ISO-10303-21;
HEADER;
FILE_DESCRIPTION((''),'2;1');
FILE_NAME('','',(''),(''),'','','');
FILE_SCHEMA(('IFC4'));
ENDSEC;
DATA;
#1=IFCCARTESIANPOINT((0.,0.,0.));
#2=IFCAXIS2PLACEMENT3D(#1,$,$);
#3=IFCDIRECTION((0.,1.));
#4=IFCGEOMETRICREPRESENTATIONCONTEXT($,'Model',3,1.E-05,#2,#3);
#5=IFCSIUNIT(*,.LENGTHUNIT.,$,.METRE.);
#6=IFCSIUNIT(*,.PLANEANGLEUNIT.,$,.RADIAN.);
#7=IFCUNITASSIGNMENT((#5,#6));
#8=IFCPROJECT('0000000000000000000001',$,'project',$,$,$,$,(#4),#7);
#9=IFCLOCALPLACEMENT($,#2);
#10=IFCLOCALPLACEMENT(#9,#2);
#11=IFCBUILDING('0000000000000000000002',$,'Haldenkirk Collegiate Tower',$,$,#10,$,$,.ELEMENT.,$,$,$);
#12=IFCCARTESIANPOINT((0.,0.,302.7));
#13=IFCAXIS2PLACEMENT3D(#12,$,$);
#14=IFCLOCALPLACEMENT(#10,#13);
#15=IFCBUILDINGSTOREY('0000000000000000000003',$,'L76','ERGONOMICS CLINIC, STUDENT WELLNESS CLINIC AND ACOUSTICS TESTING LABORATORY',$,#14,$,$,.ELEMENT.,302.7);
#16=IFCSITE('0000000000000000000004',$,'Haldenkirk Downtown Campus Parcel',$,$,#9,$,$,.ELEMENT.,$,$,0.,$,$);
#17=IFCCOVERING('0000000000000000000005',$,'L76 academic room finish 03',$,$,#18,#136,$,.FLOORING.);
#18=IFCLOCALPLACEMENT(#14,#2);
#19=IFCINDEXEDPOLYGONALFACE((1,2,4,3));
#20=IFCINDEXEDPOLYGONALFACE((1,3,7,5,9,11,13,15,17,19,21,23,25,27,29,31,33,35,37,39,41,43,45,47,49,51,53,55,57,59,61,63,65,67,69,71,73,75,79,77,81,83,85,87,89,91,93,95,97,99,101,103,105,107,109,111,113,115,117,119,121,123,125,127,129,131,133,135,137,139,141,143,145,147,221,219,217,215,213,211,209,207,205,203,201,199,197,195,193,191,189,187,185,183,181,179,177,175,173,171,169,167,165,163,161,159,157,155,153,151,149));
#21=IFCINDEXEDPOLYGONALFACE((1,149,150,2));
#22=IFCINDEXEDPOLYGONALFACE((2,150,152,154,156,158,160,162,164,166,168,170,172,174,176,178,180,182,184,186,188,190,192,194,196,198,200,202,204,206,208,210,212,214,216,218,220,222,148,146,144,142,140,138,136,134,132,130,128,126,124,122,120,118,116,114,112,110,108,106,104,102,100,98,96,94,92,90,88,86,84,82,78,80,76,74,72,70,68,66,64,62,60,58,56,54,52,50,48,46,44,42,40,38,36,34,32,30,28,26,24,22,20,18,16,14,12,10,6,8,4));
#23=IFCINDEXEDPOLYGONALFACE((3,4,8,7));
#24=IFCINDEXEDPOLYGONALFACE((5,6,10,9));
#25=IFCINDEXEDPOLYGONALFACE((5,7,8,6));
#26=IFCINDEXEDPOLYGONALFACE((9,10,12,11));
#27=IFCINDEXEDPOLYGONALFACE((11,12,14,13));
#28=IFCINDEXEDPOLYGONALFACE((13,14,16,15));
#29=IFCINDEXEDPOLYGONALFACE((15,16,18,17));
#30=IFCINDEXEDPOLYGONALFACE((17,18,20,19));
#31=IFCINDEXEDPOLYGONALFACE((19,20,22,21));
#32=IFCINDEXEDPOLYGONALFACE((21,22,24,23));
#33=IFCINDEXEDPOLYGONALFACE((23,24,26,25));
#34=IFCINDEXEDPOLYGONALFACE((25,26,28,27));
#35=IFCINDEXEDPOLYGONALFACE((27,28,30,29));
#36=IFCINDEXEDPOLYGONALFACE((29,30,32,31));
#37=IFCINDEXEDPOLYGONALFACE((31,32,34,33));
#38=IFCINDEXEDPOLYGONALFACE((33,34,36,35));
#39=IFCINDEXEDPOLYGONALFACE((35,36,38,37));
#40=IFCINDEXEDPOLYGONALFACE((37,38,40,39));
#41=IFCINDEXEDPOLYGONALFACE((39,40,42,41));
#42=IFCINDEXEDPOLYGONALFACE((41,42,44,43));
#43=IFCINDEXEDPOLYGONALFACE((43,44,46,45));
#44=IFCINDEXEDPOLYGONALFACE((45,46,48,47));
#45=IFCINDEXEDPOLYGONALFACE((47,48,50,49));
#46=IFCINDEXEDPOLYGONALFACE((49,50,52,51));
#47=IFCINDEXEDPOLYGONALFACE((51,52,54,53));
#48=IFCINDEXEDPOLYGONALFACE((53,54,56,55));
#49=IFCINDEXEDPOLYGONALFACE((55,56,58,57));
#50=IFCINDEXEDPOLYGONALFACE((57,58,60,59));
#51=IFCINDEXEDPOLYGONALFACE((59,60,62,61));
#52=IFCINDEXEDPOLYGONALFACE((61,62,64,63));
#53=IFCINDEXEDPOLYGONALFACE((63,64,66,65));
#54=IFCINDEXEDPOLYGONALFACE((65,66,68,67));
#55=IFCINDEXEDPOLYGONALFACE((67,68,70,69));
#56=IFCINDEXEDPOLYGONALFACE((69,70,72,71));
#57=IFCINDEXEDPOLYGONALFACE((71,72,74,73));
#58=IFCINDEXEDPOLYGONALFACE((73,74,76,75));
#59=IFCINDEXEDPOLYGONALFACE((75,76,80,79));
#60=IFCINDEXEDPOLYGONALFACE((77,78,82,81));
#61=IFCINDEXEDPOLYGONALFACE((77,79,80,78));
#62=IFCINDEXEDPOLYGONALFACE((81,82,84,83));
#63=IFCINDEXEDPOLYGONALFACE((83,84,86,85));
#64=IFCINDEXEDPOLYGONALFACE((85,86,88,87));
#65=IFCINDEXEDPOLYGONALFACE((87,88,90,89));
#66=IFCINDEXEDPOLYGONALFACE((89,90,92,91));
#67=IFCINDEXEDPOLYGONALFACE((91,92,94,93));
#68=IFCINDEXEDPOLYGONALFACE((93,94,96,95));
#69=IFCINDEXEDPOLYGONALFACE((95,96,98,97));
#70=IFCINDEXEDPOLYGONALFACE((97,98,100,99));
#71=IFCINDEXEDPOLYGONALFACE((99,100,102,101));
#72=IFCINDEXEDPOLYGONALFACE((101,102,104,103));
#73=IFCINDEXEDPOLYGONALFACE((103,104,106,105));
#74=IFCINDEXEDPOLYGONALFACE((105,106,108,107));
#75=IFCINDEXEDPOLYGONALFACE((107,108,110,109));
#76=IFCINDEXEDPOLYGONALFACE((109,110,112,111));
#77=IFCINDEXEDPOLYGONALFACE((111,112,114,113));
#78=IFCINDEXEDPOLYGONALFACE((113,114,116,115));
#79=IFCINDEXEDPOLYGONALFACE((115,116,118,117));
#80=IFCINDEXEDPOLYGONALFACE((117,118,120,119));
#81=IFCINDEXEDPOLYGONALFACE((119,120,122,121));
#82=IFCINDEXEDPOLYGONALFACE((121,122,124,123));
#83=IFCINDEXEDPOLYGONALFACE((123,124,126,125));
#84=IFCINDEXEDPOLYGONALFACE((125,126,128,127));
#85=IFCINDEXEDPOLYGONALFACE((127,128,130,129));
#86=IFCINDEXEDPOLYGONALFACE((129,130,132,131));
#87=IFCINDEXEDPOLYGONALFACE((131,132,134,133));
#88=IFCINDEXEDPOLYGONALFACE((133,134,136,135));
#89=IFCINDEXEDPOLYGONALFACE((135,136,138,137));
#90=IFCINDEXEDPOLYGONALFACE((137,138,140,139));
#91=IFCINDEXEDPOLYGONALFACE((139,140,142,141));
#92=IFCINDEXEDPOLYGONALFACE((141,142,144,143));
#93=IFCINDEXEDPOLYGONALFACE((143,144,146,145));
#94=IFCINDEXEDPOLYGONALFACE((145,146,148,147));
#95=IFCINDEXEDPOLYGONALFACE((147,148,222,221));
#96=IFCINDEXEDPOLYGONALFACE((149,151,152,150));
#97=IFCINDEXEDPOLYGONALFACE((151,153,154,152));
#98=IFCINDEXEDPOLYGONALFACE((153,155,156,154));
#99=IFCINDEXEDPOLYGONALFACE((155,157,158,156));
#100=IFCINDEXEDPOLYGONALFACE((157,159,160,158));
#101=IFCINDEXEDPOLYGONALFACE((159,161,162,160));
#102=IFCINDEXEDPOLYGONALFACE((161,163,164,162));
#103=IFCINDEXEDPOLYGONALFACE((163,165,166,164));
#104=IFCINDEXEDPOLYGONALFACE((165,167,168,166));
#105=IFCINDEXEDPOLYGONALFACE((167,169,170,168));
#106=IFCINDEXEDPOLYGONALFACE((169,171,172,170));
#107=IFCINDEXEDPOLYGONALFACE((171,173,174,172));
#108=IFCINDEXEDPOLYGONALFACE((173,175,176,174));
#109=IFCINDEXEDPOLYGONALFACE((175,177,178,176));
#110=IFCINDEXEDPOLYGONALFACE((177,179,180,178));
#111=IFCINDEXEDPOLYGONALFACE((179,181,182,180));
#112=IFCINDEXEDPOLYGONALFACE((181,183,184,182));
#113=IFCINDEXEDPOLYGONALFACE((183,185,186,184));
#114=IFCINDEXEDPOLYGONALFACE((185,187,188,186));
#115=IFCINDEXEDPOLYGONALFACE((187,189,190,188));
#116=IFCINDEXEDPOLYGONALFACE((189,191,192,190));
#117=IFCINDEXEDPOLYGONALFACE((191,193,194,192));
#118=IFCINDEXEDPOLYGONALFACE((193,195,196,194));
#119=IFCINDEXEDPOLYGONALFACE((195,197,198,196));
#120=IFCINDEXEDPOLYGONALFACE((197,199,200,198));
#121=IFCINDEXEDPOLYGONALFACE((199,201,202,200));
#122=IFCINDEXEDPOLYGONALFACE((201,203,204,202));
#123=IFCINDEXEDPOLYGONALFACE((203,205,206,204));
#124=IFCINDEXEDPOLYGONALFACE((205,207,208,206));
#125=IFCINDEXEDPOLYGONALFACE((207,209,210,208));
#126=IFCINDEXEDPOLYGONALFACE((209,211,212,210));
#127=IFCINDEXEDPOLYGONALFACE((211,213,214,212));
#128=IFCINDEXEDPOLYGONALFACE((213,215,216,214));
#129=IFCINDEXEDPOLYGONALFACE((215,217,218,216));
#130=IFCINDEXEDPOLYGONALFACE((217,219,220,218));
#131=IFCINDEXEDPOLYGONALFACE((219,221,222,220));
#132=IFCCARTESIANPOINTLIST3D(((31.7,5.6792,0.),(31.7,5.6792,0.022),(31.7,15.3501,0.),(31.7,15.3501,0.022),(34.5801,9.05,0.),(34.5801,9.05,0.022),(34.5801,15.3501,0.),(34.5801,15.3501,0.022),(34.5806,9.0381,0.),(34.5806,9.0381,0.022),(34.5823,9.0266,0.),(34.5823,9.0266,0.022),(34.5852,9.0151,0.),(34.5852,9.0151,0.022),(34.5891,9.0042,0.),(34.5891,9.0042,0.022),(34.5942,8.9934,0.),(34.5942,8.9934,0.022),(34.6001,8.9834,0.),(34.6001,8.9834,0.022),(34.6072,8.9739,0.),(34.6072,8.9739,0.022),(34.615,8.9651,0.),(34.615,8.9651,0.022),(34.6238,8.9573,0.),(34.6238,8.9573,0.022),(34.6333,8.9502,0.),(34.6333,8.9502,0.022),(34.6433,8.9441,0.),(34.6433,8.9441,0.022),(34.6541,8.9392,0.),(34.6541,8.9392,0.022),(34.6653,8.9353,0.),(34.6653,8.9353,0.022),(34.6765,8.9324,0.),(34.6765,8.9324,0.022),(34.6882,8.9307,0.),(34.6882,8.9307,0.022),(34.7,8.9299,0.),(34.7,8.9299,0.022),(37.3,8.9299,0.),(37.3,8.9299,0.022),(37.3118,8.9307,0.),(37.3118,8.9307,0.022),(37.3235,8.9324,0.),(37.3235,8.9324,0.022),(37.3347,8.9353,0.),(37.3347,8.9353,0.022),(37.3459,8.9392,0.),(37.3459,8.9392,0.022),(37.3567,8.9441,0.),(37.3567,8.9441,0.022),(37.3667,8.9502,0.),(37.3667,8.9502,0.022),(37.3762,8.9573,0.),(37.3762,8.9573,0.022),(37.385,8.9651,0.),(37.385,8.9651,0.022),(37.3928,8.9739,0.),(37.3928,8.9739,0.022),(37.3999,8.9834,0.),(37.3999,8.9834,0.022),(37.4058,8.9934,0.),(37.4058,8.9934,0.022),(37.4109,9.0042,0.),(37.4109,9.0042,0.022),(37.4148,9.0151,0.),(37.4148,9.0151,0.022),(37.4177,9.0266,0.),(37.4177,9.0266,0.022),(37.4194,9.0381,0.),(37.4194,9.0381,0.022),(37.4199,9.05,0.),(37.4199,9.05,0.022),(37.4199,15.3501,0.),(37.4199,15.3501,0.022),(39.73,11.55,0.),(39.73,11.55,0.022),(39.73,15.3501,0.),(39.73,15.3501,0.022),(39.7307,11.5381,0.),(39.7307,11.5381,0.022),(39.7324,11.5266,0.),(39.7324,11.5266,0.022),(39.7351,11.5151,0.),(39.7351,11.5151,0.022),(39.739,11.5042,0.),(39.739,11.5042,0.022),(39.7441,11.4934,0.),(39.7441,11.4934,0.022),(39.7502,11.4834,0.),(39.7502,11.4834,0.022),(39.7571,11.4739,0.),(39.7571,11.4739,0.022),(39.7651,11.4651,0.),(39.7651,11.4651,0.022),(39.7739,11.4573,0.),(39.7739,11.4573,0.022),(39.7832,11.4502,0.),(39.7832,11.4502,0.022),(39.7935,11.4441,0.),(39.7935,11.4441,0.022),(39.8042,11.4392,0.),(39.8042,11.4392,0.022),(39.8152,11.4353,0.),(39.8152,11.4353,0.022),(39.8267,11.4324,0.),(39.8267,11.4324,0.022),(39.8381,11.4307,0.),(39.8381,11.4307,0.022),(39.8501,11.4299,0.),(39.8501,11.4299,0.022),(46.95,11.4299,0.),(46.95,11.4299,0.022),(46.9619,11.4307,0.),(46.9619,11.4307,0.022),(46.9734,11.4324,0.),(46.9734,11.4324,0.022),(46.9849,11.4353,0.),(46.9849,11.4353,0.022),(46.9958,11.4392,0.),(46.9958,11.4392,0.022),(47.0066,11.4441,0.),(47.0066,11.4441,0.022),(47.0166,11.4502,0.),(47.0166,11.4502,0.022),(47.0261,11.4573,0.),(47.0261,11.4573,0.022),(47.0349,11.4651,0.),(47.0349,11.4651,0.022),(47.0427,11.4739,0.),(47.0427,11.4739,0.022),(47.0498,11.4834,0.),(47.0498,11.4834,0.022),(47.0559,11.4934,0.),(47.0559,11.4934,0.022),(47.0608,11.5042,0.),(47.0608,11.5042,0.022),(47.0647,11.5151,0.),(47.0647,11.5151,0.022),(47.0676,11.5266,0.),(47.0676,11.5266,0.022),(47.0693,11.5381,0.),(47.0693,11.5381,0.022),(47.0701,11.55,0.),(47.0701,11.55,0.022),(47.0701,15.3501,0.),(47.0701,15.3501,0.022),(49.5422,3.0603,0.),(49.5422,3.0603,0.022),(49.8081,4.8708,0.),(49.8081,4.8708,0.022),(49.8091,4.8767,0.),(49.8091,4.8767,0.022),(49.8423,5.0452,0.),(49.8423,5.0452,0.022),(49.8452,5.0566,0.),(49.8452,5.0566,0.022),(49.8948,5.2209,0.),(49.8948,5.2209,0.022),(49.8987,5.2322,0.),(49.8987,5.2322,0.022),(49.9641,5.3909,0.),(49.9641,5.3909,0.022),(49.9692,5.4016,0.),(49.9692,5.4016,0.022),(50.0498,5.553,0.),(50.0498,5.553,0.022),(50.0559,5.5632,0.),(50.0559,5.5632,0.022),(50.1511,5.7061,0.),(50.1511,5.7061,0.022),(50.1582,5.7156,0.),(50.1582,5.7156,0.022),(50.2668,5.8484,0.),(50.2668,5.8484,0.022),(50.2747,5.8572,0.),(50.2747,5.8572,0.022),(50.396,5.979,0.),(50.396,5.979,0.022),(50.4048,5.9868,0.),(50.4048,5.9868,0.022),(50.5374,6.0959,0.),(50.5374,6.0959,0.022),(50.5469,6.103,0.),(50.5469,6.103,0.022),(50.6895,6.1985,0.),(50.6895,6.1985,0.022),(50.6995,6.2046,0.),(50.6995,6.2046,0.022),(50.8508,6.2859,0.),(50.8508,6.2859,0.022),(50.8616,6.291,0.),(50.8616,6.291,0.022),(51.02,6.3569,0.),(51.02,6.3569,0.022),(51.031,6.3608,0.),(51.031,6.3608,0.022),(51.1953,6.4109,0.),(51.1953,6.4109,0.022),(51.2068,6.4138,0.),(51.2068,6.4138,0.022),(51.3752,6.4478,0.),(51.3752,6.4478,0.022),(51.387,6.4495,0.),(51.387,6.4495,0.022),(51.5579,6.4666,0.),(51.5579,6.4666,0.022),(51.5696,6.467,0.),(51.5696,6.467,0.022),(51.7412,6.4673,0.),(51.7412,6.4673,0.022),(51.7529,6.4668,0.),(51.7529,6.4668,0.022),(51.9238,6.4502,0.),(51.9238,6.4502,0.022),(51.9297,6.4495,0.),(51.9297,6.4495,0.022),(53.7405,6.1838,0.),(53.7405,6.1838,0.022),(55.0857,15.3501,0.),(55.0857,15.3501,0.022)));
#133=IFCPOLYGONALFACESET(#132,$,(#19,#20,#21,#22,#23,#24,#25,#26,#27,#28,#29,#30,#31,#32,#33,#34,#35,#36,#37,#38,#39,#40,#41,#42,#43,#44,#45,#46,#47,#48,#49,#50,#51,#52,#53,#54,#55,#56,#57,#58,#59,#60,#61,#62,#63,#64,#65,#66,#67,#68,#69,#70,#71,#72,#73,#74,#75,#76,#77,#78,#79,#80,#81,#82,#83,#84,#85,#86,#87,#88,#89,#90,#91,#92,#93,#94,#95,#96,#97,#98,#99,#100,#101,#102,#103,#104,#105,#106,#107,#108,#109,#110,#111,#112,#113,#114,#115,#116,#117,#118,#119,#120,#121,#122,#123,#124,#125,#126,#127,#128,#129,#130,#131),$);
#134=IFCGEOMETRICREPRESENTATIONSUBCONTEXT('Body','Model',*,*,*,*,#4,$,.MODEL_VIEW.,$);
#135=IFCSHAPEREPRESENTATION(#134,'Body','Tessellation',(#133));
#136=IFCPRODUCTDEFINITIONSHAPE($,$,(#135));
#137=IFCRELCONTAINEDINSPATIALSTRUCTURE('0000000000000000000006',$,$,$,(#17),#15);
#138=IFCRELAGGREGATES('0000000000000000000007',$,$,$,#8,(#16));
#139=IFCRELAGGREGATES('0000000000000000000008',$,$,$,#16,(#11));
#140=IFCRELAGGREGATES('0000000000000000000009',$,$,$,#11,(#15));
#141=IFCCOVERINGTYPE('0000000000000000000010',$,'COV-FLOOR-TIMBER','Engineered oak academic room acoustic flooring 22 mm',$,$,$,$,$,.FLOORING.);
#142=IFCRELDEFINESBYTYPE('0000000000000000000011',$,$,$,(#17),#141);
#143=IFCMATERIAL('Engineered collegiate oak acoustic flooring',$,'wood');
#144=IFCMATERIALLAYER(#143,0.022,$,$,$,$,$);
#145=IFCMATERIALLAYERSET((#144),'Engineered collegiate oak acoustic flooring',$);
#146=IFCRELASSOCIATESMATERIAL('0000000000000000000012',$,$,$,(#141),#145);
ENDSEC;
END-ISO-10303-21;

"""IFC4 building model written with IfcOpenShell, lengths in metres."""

from ifc_helpers import new_model, si_unit, direction, frame, origin, place, context, subcontext, project, spatial, polyline, outline, extrude, material, layer, layer_set, type_object, element, save


model = new_model("IFC4")

# Units and contexts
model_context = context("Model", 3, precision=1e-05, world=origin(), true_north=direction((0.0, 1.0)))
body_context = subcontext(model_context, "Body", "Model", "MODEL_VIEW")
ifc_project = project(units=[si_unit("LENGTHUNIT", "METRE"), si_unit("PLANEANGLEUNIT", "RADIAN")], contexts=[model_context])

# Site, building, storey
site_placement = place(None, origin())
site = spatial("IfcSite", under=ifc_project, at=site_placement, Name="Haldenkirk Downtown Campus Parcel", CompositionType="ELEMENT", RefElevation=0.0)
building_placement = place(site_placement, origin())
building = spatial("IfcBuilding", under=site, at=building_placement, Name="Haldenkirk Collegiate Tower", CompositionType="ELEMENT")
storey_placement = place(building_placement, frame((0.0, 0.0, 302.7)))
storey = spatial("IfcBuildingStorey", under=building, at=storey_placement, Name="L76", Description="ERGONOMICS CLINIC, STUDENT WELLNESS CLINIC AND ACOUSTICS TESTING LABORATORY", CompositionType="ELEMENT", Elevation=302.7)

# Covering
ifc_material_1 = material(Name="Engineered collegiate oak acoustic flooring", Category="wood")
ifc_layer_1 = layer(ifc_material_1, 0.022)
ifc_layer_set_1 = layer_set([ifc_layer_1], Name="Engineered collegiate oak acoustic flooring")
covering_type_1 = type_object("IfcCoveringType", Name="COV-FLOOR-TIMBER", Description="Engineered oak academic room acoustic flooring 22 mm", PredefinedType="FLOORING", material=ifc_layer_set_1)
covering_1_placement = place(storey_placement, origin())
element("IfcCovering", 1, at=covering_1_placement, inside=storey, type_object=covering_type_1, Name="L76 academic room finish 03", PredefinedType="FLOORING", context=body_context, shape_type="SweptSolid", body=[
    extrude(outline(polyline([(51.2068, 6.4138), (51.1953, 6.4109), (51.031, 6.3608), (51.02, 6.3569), (50.8616, 6.291), (50.8508, 6.2859), (50.6995, 6.2046), (50.6895, 6.1985), (50.5469, 6.103), (50.5374, 6.0959), (50.4048, 5.9868), (50.396, 5.979), (50.2747, 5.8572), (50.2668, 5.8484), (50.1582, 5.7156), (50.1511, 5.7061), (50.0559, 5.5632), (50.0498, 5.553), (49.9692, 5.4016), (49.9641, 5.3909), (49.8987, 5.2322), (49.8948, 5.2209), (49.8452, 5.0566), (49.8423, 5.0452), (49.8091, 4.8767), (49.8081, 4.8708), (49.5422, 3.0603), (31.7, 5.6792), (31.7, 15.3501), (34.5801, 15.3501), (34.5801, 9.05), (34.5806, 9.0381), (34.5823, 9.0266), (34.5852, 9.0151), (34.5891, 9.0042), (34.5942, 8.9934), (34.6001, 8.9834), (34.6072, 8.9739), (34.615, 8.9651), (34.6238, 8.9573), (34.6333, 8.9502), (34.6433, 8.9441), (34.6541, 8.9392), (34.6653, 8.9353), (34.6765, 8.9324), (34.6882, 8.9307), (34.7, 8.9299), (37.3, 8.9299), (37.3118, 8.9307), (37.3235, 8.9324), (37.3347, 8.9353), (37.3459, 8.9392), (37.3567, 8.9441), (37.3667, 8.9502), (37.3762, 8.9573), (37.385, 8.9651), (37.3928, 8.9739), (37.3999, 8.9834), (37.4058, 8.9934), (37.4109, 9.0042), (37.4148, 9.0151), (37.4177, 9.0266), (37.4194, 9.0381), (37.4199, 9.05), (37.4199, 15.3501), (39.73, 15.3501), (39.73, 11.55), (39.7307, 11.5381), (39.7324, 11.5266), (39.7351, 11.5151), (39.739, 11.5042), (39.7441, 11.4934), (39.7502, 11.4834), (39.7571, 11.4739), (39.7651, 11.4651), (39.7739, 11.4573), (39.7832, 11.4502), (39.7935, 11.4441), (39.8042, 11.4392), (39.8152, 11.4353), (39.8267, 11.4324), (39.8381, 11.4307), (39.8501, 11.4299), (46.95, 11.4299), (46.9619, 11.4307), (46.9734, 11.4324), (46.9849, 11.4353), (46.9958, 11.4392), (47.0066, 11.4441), (47.0166, 11.4502), (47.0261, 11.4573), (47.0349, 11.4651), (47.0427, 11.4739), (47.0498, 11.4834), (47.0559, 11.4934), (47.0608, 11.5042), (47.0647, 11.5151), (47.0676, 11.5266), (47.0693, 11.5381), (47.0701, 11.55), (47.0701, 15.3501), (55.0857, 15.3501), (53.7405, 6.1838), (51.9297, 6.4495), (51.9238, 6.4502), (51.7529, 6.4668), (51.7412, 6.4673), (51.5696, 6.467), (51.5579, 6.4666), (51.387, 6.4495), (51.3752, 6.4478), (51.2068, 6.4138)])), origin(), (0.0, 0.0, 1.0), 0.022),
])

save(model, "model.ifc")
